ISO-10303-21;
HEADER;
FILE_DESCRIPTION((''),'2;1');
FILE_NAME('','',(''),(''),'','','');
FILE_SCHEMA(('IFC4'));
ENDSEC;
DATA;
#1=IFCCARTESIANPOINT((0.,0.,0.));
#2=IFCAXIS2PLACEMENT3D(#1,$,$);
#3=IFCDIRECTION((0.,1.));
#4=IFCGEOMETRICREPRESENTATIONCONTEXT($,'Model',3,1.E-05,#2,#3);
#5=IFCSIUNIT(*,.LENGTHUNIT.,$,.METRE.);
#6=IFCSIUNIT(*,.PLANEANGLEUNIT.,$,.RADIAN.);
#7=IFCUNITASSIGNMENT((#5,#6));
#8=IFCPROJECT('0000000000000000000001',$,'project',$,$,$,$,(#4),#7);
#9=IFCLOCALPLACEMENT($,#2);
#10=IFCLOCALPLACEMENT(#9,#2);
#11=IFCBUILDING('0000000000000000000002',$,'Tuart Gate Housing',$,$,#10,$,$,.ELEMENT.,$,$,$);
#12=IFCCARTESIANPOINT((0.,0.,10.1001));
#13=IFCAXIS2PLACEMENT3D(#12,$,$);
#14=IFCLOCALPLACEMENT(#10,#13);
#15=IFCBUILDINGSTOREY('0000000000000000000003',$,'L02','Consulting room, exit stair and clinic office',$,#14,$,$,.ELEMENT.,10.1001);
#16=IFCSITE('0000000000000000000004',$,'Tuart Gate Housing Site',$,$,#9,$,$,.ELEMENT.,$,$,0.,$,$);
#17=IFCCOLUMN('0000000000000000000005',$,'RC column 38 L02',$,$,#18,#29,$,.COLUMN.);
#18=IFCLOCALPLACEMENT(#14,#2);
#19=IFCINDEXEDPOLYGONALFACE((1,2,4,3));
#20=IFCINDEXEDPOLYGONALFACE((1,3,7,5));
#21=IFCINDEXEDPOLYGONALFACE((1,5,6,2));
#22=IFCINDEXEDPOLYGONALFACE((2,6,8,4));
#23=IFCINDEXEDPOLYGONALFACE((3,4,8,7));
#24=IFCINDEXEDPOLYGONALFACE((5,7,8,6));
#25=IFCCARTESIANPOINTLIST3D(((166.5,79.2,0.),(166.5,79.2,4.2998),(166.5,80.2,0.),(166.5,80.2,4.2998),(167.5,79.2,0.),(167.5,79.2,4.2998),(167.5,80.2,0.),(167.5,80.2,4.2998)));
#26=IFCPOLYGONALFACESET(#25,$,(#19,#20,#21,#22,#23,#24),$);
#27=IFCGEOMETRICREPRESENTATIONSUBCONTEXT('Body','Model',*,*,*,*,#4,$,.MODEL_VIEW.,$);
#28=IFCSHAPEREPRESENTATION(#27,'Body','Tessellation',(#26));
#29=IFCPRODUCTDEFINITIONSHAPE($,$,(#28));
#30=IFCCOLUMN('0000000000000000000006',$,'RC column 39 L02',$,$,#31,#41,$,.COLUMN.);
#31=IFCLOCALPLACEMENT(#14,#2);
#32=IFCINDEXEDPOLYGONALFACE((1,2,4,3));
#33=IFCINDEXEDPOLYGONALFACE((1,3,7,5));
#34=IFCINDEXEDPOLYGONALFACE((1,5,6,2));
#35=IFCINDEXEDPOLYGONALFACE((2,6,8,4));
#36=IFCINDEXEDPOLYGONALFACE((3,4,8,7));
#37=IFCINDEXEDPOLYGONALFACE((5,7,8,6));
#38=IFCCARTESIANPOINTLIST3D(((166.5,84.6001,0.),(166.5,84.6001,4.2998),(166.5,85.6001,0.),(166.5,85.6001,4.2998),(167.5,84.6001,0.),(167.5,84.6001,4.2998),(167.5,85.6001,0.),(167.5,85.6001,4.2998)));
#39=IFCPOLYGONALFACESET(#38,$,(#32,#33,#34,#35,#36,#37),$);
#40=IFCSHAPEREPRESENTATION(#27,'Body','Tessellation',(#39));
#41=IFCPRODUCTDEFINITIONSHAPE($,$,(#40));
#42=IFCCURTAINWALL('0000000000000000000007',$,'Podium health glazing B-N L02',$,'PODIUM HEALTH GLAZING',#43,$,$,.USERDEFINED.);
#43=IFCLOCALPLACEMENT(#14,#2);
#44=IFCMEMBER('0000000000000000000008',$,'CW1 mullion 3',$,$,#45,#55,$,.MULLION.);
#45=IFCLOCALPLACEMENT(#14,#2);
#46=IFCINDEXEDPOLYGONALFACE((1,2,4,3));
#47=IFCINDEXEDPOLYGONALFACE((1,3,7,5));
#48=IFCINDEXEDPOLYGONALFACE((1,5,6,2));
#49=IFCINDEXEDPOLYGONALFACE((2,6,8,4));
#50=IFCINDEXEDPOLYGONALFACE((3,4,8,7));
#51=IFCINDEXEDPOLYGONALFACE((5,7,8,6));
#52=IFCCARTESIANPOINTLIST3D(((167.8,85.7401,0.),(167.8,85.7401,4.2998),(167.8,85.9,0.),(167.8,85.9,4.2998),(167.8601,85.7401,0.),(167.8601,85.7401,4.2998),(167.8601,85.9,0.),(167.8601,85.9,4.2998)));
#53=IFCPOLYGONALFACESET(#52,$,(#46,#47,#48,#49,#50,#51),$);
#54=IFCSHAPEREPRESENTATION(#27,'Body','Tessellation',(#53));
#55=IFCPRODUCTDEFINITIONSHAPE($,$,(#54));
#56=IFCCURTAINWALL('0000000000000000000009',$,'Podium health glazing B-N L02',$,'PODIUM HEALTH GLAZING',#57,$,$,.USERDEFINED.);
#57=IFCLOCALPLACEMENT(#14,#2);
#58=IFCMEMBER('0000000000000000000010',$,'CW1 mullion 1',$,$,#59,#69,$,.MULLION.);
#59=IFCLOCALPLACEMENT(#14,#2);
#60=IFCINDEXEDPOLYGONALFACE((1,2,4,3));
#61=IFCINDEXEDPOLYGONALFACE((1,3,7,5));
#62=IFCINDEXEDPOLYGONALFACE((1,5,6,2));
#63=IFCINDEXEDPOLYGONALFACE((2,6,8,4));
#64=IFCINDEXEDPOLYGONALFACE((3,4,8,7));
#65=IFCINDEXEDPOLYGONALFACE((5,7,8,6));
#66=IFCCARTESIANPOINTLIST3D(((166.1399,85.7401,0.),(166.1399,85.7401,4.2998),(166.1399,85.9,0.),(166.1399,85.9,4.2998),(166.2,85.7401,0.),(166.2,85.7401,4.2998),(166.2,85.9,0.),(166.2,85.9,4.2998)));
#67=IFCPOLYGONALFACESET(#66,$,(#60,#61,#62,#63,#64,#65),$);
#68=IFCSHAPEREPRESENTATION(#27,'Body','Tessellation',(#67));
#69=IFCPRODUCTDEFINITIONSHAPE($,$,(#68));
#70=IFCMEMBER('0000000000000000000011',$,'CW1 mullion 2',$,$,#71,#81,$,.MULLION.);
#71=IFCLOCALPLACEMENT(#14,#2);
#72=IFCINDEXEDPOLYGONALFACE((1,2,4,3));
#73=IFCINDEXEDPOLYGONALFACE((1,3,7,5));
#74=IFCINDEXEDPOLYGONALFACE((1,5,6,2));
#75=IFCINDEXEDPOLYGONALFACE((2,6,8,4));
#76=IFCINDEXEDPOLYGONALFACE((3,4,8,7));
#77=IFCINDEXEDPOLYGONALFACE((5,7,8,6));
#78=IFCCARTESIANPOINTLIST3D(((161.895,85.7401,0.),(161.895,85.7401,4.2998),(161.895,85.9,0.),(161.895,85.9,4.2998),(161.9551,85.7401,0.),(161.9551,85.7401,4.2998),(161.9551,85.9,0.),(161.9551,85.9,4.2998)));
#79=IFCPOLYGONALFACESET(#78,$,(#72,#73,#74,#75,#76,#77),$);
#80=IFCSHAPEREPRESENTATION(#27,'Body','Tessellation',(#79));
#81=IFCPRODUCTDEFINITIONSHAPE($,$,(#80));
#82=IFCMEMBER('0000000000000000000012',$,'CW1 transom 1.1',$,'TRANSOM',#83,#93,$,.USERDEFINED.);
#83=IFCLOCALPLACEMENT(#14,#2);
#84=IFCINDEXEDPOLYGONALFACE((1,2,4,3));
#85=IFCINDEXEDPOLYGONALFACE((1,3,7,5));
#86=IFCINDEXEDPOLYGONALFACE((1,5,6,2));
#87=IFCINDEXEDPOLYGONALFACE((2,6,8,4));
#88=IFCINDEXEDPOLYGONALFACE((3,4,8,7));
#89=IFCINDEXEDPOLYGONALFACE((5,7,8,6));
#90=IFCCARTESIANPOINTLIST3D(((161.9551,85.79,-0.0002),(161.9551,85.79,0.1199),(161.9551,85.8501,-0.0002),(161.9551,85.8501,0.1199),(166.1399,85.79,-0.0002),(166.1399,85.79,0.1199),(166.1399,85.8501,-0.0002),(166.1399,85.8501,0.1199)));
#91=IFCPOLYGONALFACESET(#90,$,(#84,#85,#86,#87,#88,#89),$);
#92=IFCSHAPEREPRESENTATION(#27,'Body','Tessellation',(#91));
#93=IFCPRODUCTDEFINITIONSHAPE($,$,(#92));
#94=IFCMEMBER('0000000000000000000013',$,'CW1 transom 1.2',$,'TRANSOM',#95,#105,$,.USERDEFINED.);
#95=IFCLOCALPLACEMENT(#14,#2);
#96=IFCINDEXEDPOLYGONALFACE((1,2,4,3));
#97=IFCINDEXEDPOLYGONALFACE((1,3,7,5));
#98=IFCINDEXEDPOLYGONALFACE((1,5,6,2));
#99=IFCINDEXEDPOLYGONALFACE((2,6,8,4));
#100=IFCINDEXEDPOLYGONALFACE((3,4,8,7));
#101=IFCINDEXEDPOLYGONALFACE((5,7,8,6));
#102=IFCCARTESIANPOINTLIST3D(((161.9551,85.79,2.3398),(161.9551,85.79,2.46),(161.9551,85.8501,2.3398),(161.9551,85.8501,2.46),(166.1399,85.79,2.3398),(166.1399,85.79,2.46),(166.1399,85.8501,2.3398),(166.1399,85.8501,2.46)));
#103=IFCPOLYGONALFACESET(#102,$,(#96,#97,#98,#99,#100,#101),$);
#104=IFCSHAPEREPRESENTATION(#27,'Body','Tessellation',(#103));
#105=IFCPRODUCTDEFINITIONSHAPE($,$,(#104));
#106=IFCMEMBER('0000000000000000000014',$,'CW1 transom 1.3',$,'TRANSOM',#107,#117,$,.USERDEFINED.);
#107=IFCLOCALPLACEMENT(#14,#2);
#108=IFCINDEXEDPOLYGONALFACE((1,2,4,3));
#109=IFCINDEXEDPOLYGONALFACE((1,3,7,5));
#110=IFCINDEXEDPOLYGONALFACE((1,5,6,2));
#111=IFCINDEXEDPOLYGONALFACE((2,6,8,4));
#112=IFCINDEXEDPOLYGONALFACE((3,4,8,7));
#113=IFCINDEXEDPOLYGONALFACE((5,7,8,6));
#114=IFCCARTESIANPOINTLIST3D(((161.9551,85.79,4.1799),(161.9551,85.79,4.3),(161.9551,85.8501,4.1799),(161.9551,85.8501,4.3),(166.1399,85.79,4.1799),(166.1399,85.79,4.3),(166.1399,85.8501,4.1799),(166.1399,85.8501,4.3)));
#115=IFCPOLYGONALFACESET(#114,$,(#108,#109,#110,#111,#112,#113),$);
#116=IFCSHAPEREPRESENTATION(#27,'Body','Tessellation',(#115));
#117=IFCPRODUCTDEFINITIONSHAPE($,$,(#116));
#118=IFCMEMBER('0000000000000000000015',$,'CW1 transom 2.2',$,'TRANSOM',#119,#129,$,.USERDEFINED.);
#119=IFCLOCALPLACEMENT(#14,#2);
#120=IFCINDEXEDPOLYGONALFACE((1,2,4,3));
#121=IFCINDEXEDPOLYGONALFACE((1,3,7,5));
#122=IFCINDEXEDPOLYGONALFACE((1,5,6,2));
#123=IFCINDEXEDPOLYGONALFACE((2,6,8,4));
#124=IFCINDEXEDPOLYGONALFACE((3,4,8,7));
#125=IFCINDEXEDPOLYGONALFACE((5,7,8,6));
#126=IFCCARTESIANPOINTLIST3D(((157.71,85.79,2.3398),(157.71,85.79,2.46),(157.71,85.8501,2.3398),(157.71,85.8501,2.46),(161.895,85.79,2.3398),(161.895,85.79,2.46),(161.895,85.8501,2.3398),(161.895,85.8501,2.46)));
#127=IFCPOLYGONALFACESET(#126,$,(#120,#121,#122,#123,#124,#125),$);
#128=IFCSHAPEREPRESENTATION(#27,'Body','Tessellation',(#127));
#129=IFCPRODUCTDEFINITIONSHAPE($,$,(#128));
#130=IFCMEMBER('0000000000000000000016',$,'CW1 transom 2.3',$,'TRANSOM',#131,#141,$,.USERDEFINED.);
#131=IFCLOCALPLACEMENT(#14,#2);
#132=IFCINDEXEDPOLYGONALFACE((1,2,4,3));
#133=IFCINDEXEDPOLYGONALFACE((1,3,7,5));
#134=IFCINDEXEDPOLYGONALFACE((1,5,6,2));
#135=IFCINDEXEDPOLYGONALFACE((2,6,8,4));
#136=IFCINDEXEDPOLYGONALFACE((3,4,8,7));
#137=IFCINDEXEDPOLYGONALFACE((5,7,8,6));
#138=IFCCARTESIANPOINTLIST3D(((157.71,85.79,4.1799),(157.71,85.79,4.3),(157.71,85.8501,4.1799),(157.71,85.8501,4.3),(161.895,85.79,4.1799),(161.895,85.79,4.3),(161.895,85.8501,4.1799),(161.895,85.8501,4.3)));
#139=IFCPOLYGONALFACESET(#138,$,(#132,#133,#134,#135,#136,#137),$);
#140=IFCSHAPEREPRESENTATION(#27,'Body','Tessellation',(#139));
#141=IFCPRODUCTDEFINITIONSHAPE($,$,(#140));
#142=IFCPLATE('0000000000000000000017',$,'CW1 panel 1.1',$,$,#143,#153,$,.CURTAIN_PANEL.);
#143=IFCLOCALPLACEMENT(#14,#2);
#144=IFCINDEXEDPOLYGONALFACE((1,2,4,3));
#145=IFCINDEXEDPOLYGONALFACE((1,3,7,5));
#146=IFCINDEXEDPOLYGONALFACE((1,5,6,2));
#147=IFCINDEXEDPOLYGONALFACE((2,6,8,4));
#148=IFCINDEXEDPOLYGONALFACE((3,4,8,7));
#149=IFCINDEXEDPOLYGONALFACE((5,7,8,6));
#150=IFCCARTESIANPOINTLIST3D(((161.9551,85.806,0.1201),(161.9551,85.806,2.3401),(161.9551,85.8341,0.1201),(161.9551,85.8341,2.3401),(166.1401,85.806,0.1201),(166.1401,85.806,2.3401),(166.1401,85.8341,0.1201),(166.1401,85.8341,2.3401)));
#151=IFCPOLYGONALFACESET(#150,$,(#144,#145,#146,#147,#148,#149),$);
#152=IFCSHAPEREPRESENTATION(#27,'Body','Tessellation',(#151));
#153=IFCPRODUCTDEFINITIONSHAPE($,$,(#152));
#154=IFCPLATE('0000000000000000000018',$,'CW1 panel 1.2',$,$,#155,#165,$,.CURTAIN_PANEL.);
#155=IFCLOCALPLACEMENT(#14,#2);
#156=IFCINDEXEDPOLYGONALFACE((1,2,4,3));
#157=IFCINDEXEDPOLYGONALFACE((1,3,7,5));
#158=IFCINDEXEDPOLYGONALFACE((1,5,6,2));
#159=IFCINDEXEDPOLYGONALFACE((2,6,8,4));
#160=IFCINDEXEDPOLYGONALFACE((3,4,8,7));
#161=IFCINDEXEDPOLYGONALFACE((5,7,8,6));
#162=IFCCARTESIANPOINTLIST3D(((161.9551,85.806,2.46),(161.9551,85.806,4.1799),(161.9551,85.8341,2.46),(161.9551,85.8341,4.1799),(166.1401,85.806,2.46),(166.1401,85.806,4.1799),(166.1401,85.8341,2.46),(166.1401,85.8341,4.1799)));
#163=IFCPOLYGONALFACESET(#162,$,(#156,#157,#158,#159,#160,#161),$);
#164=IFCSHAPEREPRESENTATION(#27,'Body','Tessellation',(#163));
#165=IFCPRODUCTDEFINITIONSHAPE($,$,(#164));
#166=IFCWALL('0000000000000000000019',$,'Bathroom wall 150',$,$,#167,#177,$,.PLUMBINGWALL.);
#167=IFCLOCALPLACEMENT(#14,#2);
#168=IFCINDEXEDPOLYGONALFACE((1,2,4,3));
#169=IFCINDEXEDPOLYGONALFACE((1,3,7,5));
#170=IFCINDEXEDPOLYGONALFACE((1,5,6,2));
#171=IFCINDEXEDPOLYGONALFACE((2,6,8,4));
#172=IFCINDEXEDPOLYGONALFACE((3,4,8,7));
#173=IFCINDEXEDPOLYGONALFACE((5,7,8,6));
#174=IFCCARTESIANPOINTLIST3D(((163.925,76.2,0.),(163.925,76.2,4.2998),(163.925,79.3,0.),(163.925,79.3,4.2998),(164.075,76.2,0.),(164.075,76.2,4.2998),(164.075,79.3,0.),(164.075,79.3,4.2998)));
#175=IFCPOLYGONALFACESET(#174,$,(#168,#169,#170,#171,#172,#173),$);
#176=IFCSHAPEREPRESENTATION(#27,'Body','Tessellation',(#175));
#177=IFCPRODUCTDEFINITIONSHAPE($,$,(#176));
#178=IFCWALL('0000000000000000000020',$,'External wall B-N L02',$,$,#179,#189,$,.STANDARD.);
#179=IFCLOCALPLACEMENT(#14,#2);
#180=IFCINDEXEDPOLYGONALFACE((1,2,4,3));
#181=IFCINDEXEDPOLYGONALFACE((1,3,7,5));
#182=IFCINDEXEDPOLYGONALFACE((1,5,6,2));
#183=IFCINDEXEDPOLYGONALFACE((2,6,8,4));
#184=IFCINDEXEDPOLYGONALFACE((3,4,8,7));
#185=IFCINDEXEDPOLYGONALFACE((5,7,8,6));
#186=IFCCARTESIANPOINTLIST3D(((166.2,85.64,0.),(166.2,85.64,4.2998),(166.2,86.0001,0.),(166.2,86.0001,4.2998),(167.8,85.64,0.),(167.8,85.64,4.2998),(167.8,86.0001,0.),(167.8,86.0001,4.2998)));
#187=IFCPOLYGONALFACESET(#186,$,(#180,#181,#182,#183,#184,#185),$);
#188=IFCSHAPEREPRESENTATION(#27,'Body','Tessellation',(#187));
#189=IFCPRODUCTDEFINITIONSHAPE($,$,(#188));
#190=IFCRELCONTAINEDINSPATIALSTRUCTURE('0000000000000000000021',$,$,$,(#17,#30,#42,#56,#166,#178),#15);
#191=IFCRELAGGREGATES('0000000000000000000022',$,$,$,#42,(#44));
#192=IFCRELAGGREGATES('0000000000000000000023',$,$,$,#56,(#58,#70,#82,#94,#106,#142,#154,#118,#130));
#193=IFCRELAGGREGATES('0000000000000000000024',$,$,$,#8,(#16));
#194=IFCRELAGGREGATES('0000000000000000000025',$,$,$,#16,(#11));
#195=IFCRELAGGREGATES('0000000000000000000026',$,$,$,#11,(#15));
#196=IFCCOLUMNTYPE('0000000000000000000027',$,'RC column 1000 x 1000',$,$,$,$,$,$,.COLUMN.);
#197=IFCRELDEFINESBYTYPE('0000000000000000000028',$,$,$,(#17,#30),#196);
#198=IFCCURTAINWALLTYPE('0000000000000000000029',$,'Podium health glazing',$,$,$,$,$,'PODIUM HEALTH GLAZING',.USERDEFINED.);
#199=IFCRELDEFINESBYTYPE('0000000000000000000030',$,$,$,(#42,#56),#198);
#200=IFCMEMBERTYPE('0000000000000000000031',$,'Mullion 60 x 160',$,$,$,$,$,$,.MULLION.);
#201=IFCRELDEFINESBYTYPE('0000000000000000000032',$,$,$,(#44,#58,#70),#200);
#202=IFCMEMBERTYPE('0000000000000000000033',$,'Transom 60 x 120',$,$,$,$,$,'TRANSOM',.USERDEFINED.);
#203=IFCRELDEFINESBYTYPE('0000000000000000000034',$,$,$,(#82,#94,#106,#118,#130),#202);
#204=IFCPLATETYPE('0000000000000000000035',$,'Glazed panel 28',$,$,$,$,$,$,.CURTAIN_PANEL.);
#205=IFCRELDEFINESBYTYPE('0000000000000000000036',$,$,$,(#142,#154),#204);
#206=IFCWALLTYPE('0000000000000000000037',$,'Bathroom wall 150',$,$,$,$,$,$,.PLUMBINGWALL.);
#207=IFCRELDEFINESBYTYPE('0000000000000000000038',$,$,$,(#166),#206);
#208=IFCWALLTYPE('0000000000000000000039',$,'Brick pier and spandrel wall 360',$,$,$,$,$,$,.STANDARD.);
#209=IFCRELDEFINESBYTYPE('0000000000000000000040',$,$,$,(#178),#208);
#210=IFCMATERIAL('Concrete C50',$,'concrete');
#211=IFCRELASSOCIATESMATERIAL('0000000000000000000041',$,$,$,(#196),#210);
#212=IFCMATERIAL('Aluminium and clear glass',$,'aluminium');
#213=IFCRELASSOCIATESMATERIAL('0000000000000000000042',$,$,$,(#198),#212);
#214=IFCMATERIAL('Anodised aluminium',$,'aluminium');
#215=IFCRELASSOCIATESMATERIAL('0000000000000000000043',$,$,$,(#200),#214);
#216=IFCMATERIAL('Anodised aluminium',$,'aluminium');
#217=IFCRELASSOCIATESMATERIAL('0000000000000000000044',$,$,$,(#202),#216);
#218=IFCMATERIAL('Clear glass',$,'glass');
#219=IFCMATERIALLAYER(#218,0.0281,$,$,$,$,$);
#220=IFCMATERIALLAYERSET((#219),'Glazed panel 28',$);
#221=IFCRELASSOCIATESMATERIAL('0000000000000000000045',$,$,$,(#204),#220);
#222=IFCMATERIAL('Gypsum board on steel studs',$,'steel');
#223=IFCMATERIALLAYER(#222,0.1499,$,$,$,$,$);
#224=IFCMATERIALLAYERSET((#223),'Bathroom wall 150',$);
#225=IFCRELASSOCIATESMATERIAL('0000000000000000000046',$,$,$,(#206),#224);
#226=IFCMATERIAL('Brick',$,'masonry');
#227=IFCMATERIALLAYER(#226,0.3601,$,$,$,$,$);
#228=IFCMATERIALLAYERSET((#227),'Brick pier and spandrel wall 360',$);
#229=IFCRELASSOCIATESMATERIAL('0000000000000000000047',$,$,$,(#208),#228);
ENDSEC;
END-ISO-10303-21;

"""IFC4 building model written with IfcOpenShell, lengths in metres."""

from ifc_helpers import new_model, si_unit, direction, frame, frame_2d, origin, origin_2d, place, context, subcontext, project, spatial, rectangle, extrude, material, layer, layer_set, material_profile, profile_set, type_object, element, aggregate, save


model = new_model("IFC4")

# Units and contexts
model_context = context("Model", 3, precision=1e-05, world=origin(), true_north=direction((0.0, 1.0)))
body_context = subcontext(model_context, "Body", "Model", "MODEL_VIEW")
ifc_project = project(units=[si_unit("LENGTHUNIT", "METRE"), si_unit("PLANEANGLEUNIT", "RADIAN")], contexts=[model_context])

# Site, building, storey
site_placement = place(None, origin())
site = spatial("IfcSite", under=ifc_project, at=site_placement, Name="Tuart Gate Housing Site", CompositionType="ELEMENT", RefElevation=0.0)
building_placement = place(site_placement, origin())
building = spatial("IfcBuilding", under=site, at=building_placement, Name="Tuart Gate Housing", CompositionType="ELEMENT")
storey_placement = place(building_placement, frame((0.0, 0.0, 10.1001)))
storey = spatial("IfcBuildingStorey", under=building, at=storey_placement, Name="L02", Description="Consulting room, exit stair and clinic office", CompositionType="ELEMENT", Elevation=10.1001)

# Columns
ifc_material_1 = material(Name="Concrete C50", Category="concrete")
ifc_material_profile_1 = material_profile(ifc_material_1, rectangle(XDim=1.0, YDim=1.0, at=origin_2d()), Name="RC column 1000 x 1000")
ifc_profile_set_1 = profile_set([ifc_material_profile_1], Name="Concrete C50")
column_type = type_object("IfcColumnType", Name="RC column 1000 x 1000", PredefinedType="COLUMN", material=ifc_profile_set_1)
for number, where, z_axis, x_axis, name in (
    (1, (167.0, 79.7, 0.0), (0.0, 0.0, 1.0), (1.0, 0.0, 0.0), "RC column 38 L02"),
    (2, (167.0, 85.1001, 0.0), (0.0, 0.0, 1.0), (1.0, 0.0, 0.0), "RC column 39 L02"),
):
    element("IfcColumn", number, at=place(storey_placement, frame(where, z_axis=z_axis, x_axis=x_axis)), inside=storey, type_object=column_type, Name=name, PredefinedType="COLUMN", context=body_context, shape_type="SweptSolid", body=[
        extrude(rectangle(XDim=1.0, YDim=1.0, at=origin_2d()), origin(), (0.0, 0.0, 1.0), 4.2998),
    ])

# Curtain wall, member
ifc_material_2 = material(Name="Aluminium and clear glass", Category="aluminium")
curtain_wall_type = type_object("IfcCurtainWallType", Name="Podium health glazing", ElementType="PODIUM HEALTH GLAZING", PredefinedType="USERDEFINED", material=ifc_material_2)
curtain_wall_1_placement = place(storey_placement, origin())
curtain_wall_1 = element("IfcCurtainWall", 3, at=curtain_wall_1_placement, inside=storey, type_object=curtain_wall_type, Name="Podium health glazing B-N L02", ObjectType="PODIUM HEALTH GLAZING", PredefinedType="USERDEFINED")
ifc_material_3 = material(Name="Anodised aluminium", Category="aluminium")
ifc_material_profile_2 = material_profile(ifc_material_3, rectangle(XDim=0.0601, YDim=0.1599, at=origin_2d()), Name="60x160")
ifc_profile_set_2 = profile_set([ifc_material_profile_2], Name="Anodised aluminium")
member_type_1 = type_object("IfcMemberType", Name="Mullion 60 x 160", PredefinedType="MULLION", material=ifc_profile_set_2)
member_1_placement = place(storey_placement, frame((167.8301, 85.8201, 0.0), z_axis=(0.0, 0.0, 1.0), x_axis=(-1.0, 0.0, 0.0)))
member_1 = element("IfcMember", 4, at=member_1_placement, type_object=member_type_1, Name="CW1 mullion 3", PredefinedType="MULLION", context=body_context, shape_type="SweptSolid", body=[
    extrude(rectangle(XDim=0.0601, YDim=0.1599, at=origin_2d()), origin(), (0.0, 0.0, 1.0), 4.2998),
])
aggregate(curtain_wall_1, [member_1])

# Curtain wall, members, plates
curtain_wall_2_placement = place(storey_placement, origin())
curtain_wall_2 = element("IfcCurtainWall", 5, at=curtain_wall_2_placement, inside=storey, type_object=curtain_wall_type, Name="Podium health glazing B-N L02", ObjectType="PODIUM HEALTH GLAZING", PredefinedType="USERDEFINED")
member_2_placement = place(storey_placement, frame((166.1699, 85.8201, 0.0), z_axis=(0.0, 0.0, 1.0), x_axis=(-1.0, 0.0, 0.0)))
member_2 = element("IfcMember", 6, at=member_2_placement, type_object=member_type_1, Name="CW1 mullion 1", PredefinedType="MULLION", context=body_context, shape_type="SweptSolid", body=[
    extrude(rectangle(XDim=0.0601, YDim=0.1599, at=origin_2d()), origin(), (0.0, 0.0, 1.0), 4.2998),
])
member_3_placement = place(storey_placement, frame((161.925, 85.8201, 0.0), z_axis=(0.0, 0.0, 1.0), x_axis=(-1.0, 0.0, 0.0)))
member_3 = element("IfcMember", 7, at=member_3_placement, type_object=member_type_1, Name="CW1 mullion 2", PredefinedType="MULLION", context=body_context, shape_type="SweptSolid", body=[
    extrude(rectangle(XDim=0.0601, YDim=0.1599, at=origin_2d()), origin(), (0.0, 0.0, 1.0), 4.2998),
])
ifc_material_4 = material(Name="Anodised aluminium", Category="aluminium")
ifc_material_profile_3 = material_profile(ifc_material_4, rectangle(XDim=0.0601, YDim=0.1201, at=origin_2d()), Name="60x120")
ifc_profile_set_3 = profile_set([ifc_material_profile_3], Name="Anodised aluminium")
member_type_2 = type_object("IfcMemberType", Name="Transom 60 x 120", ElementType="TRANSOM", PredefinedType="USERDEFINED", material=ifc_profile_set_3)
member_4_placement = place(storey_placement, frame((166.1399, 85.8201, 0.0598), z_axis=(-1.0, 0.0, 0.0), x_axis=(0.0, -1.0, 0.0)))
member_4 = element("IfcMember", 8, at=member_4_placement, type_object=member_type_2, Name="CW1 transom 1.1", ObjectType="TRANSOM", PredefinedType="USERDEFINED", context=body_context, shape_type="SweptSolid", body=[
    extrude(rectangle(XDim=0.0601, YDim=0.1201, at=origin_2d()), origin(), (0.0, 0.0, 1.0), 4.1848),
])
member_5_placement = place(storey_placement, frame((166.1399, 85.8201, 2.3999), z_axis=(-1.0, 0.0, 0.0), x_axis=(0.0, -1.0, 0.0)))
member_5 = element("IfcMember", 9, at=member_5_placement, type_object=member_type_2, Name="CW1 transom 1.2", ObjectType="TRANSOM", PredefinedType="USERDEFINED", context=body_context, shape_type="SweptSolid", body=[
    extrude(rectangle(XDim=0.0601, YDim=0.1201, at=origin_2d()), origin(), (0.0, 0.0, 1.0), 4.1848),
])
member_6_placement = place(storey_placement, frame((166.1399, 85.8201, 4.24), z_axis=(-1.0, 0.0, 0.0), x_axis=(0.0, -1.0, 0.0)))
member_6 = element("IfcMember", 10, at=member_6_placement, type_object=member_type_2, Name="CW1 transom 1.3", ObjectType="TRANSOM", PredefinedType="USERDEFINED", context=body_context, shape_type="SweptSolid", body=[
    extrude(rectangle(XDim=0.0601, YDim=0.1201, at=origin_2d()), origin(), (0.0, 0.0, 1.0), 4.1848),
])
member_7_placement = place(storey_placement, frame((161.895, 85.8201, 2.3999), z_axis=(-1.0, 0.0, 0.0), x_axis=(0.0, -1.0, 0.0)))
member_7 = element("IfcMember", 11, at=member_7_placement, type_object=member_type_2, Name="CW1 transom 2.2", ObjectType="TRANSOM", PredefinedType="USERDEFINED", context=body_context, shape_type="SweptSolid", body=[
    extrude(rectangle(XDim=0.0601, YDim=0.1201, at=origin_2d()), origin(), (0.0, 0.0, 1.0), 4.1851),
])
member_8_placement = place(storey_placement, frame((161.895, 85.8201, 4.24), z_axis=(-1.0, 0.0, 0.0), x_axis=(0.0, -1.0, 0.0)))
member_8 = element("IfcMember", 12, at=member_8_placement, type_object=member_type_2, Name="CW1 transom 2.3", ObjectType="TRANSOM", PredefinedType="USERDEFINED", context=body_context, shape_type="SweptSolid", body=[
    extrude(rectangle(XDim=0.0601, YDim=0.1201, at=origin_2d()), origin(), (0.0, 0.0, 1.0), 4.1851),
])
ifc_material_5 = material(Name="Clear glass", Category="glass")
ifc_layer_1 = layer(ifc_material_5, 0.0281)
ifc_layer_set_1 = layer_set([ifc_layer_1], Name="Glazed panel 28")
plate_type = type_object("IfcPlateType", Name="Glazed panel 28", PredefinedType="CURTAIN_PANEL", material=ifc_layer_set_1)
plate_1_placement = place(storey_placement, frame((164.0476, 85.8201, 0.1201), z_axis=(0.0, 0.0, 1.0), x_axis=(-1.0, 0.0, 0.0)))
plate_1 = element("IfcPlate", 13, at=plate_1_placement, type_object=plate_type, Name="CW1 panel 1.1", PredefinedType="CURTAIN_PANEL", context=body_context, shape_type="SweptSolid", body=[
    extrude(rectangle(XDim=4.1851, YDim=0.0281, at=origin_2d()), origin(), (0.0, 0.0, 1.0), 2.22),
])
plate_2_placement = place(storey_placement, frame((164.0476, 85.8201, 2.46), z_axis=(0.0, 0.0, 1.0), x_axis=(-1.0, 0.0, 0.0)))
plate_2 = element("IfcPlate", 14, at=plate_2_placement, type_object=plate_type, Name="CW1 panel 1.2", PredefinedType="CURTAIN_PANEL", context=body_context, shape_type="SweptSolid", body=[
    extrude(rectangle(XDim=4.1851, YDim=0.0281, at=origin_2d()), origin(), (0.0, 0.0, 1.0), 1.72),
])
aggregate(curtain_wall_2, [member_2, member_3, member_4, member_5, member_6, plate_1, plate_2, member_7, member_8])

# Walls
ifc_material_6 = material(Name="Gypsum board on steel studs", Category="steel")
ifc_layer_2 = layer(ifc_material_6, 0.1499)
ifc_layer_set_2 = layer_set([ifc_layer_2], Name="Bathroom wall 150")
wall_type_1 = type_object("IfcWallType", Name="Bathroom wall 150", PredefinedType="PLUMBINGWALL", material=ifc_layer_set_2)
wall_1_placement = place(storey_placement, frame((164.0, 76.2, 0.0), z_axis=(0.0, 0.0, 1.0), x_axis=(0.0, 1.0, 0.0)))
element("IfcWall", 15, at=wall_1_placement, inside=storey, type_object=wall_type_1, Name="Bathroom wall 150", PredefinedType="PLUMBINGWALL", context=body_context, shape_type="SweptSolid", body=[
    extrude(rectangle(XDim=3.1001, YDim=0.1499, at=frame_2d((1.55, 0.0))), origin(), (0.0, 0.0, 1.0), 4.2998),
])
ifc_material_7 = material(Name="Brick", Category="masonry")
ifc_layer_3 = layer(ifc_material_7, 0.3601)
ifc_layer_set_3 = layer_set([ifc_layer_3], Name="Brick pier and spandrel wall 360")
wall_type_2 = type_object("IfcWallType", Name="Brick pier and spandrel wall 360", PredefinedType="STANDARD", material=ifc_layer_set_3)
wall_2_placement = place(storey_placement, frame((167.8, 85.8201, 0.0), z_axis=(0.0, 0.0, 1.0), x_axis=(-1.0, 0.0, 0.0)))
element("IfcWall", 16, at=wall_2_placement, inside=storey, type_object=wall_type_2, Name="External wall B-N L02", PredefinedType="STANDARD", context=body_context, shape_type="SweptSolid", body=[
    extrude(rectangle(XDim=1.6001, YDim=0.3601, at=frame_2d((0.8, 0.0))), origin(), (0.0, 0.0, 1.0), 4.2998),
])

save(model, "model.ifc")
